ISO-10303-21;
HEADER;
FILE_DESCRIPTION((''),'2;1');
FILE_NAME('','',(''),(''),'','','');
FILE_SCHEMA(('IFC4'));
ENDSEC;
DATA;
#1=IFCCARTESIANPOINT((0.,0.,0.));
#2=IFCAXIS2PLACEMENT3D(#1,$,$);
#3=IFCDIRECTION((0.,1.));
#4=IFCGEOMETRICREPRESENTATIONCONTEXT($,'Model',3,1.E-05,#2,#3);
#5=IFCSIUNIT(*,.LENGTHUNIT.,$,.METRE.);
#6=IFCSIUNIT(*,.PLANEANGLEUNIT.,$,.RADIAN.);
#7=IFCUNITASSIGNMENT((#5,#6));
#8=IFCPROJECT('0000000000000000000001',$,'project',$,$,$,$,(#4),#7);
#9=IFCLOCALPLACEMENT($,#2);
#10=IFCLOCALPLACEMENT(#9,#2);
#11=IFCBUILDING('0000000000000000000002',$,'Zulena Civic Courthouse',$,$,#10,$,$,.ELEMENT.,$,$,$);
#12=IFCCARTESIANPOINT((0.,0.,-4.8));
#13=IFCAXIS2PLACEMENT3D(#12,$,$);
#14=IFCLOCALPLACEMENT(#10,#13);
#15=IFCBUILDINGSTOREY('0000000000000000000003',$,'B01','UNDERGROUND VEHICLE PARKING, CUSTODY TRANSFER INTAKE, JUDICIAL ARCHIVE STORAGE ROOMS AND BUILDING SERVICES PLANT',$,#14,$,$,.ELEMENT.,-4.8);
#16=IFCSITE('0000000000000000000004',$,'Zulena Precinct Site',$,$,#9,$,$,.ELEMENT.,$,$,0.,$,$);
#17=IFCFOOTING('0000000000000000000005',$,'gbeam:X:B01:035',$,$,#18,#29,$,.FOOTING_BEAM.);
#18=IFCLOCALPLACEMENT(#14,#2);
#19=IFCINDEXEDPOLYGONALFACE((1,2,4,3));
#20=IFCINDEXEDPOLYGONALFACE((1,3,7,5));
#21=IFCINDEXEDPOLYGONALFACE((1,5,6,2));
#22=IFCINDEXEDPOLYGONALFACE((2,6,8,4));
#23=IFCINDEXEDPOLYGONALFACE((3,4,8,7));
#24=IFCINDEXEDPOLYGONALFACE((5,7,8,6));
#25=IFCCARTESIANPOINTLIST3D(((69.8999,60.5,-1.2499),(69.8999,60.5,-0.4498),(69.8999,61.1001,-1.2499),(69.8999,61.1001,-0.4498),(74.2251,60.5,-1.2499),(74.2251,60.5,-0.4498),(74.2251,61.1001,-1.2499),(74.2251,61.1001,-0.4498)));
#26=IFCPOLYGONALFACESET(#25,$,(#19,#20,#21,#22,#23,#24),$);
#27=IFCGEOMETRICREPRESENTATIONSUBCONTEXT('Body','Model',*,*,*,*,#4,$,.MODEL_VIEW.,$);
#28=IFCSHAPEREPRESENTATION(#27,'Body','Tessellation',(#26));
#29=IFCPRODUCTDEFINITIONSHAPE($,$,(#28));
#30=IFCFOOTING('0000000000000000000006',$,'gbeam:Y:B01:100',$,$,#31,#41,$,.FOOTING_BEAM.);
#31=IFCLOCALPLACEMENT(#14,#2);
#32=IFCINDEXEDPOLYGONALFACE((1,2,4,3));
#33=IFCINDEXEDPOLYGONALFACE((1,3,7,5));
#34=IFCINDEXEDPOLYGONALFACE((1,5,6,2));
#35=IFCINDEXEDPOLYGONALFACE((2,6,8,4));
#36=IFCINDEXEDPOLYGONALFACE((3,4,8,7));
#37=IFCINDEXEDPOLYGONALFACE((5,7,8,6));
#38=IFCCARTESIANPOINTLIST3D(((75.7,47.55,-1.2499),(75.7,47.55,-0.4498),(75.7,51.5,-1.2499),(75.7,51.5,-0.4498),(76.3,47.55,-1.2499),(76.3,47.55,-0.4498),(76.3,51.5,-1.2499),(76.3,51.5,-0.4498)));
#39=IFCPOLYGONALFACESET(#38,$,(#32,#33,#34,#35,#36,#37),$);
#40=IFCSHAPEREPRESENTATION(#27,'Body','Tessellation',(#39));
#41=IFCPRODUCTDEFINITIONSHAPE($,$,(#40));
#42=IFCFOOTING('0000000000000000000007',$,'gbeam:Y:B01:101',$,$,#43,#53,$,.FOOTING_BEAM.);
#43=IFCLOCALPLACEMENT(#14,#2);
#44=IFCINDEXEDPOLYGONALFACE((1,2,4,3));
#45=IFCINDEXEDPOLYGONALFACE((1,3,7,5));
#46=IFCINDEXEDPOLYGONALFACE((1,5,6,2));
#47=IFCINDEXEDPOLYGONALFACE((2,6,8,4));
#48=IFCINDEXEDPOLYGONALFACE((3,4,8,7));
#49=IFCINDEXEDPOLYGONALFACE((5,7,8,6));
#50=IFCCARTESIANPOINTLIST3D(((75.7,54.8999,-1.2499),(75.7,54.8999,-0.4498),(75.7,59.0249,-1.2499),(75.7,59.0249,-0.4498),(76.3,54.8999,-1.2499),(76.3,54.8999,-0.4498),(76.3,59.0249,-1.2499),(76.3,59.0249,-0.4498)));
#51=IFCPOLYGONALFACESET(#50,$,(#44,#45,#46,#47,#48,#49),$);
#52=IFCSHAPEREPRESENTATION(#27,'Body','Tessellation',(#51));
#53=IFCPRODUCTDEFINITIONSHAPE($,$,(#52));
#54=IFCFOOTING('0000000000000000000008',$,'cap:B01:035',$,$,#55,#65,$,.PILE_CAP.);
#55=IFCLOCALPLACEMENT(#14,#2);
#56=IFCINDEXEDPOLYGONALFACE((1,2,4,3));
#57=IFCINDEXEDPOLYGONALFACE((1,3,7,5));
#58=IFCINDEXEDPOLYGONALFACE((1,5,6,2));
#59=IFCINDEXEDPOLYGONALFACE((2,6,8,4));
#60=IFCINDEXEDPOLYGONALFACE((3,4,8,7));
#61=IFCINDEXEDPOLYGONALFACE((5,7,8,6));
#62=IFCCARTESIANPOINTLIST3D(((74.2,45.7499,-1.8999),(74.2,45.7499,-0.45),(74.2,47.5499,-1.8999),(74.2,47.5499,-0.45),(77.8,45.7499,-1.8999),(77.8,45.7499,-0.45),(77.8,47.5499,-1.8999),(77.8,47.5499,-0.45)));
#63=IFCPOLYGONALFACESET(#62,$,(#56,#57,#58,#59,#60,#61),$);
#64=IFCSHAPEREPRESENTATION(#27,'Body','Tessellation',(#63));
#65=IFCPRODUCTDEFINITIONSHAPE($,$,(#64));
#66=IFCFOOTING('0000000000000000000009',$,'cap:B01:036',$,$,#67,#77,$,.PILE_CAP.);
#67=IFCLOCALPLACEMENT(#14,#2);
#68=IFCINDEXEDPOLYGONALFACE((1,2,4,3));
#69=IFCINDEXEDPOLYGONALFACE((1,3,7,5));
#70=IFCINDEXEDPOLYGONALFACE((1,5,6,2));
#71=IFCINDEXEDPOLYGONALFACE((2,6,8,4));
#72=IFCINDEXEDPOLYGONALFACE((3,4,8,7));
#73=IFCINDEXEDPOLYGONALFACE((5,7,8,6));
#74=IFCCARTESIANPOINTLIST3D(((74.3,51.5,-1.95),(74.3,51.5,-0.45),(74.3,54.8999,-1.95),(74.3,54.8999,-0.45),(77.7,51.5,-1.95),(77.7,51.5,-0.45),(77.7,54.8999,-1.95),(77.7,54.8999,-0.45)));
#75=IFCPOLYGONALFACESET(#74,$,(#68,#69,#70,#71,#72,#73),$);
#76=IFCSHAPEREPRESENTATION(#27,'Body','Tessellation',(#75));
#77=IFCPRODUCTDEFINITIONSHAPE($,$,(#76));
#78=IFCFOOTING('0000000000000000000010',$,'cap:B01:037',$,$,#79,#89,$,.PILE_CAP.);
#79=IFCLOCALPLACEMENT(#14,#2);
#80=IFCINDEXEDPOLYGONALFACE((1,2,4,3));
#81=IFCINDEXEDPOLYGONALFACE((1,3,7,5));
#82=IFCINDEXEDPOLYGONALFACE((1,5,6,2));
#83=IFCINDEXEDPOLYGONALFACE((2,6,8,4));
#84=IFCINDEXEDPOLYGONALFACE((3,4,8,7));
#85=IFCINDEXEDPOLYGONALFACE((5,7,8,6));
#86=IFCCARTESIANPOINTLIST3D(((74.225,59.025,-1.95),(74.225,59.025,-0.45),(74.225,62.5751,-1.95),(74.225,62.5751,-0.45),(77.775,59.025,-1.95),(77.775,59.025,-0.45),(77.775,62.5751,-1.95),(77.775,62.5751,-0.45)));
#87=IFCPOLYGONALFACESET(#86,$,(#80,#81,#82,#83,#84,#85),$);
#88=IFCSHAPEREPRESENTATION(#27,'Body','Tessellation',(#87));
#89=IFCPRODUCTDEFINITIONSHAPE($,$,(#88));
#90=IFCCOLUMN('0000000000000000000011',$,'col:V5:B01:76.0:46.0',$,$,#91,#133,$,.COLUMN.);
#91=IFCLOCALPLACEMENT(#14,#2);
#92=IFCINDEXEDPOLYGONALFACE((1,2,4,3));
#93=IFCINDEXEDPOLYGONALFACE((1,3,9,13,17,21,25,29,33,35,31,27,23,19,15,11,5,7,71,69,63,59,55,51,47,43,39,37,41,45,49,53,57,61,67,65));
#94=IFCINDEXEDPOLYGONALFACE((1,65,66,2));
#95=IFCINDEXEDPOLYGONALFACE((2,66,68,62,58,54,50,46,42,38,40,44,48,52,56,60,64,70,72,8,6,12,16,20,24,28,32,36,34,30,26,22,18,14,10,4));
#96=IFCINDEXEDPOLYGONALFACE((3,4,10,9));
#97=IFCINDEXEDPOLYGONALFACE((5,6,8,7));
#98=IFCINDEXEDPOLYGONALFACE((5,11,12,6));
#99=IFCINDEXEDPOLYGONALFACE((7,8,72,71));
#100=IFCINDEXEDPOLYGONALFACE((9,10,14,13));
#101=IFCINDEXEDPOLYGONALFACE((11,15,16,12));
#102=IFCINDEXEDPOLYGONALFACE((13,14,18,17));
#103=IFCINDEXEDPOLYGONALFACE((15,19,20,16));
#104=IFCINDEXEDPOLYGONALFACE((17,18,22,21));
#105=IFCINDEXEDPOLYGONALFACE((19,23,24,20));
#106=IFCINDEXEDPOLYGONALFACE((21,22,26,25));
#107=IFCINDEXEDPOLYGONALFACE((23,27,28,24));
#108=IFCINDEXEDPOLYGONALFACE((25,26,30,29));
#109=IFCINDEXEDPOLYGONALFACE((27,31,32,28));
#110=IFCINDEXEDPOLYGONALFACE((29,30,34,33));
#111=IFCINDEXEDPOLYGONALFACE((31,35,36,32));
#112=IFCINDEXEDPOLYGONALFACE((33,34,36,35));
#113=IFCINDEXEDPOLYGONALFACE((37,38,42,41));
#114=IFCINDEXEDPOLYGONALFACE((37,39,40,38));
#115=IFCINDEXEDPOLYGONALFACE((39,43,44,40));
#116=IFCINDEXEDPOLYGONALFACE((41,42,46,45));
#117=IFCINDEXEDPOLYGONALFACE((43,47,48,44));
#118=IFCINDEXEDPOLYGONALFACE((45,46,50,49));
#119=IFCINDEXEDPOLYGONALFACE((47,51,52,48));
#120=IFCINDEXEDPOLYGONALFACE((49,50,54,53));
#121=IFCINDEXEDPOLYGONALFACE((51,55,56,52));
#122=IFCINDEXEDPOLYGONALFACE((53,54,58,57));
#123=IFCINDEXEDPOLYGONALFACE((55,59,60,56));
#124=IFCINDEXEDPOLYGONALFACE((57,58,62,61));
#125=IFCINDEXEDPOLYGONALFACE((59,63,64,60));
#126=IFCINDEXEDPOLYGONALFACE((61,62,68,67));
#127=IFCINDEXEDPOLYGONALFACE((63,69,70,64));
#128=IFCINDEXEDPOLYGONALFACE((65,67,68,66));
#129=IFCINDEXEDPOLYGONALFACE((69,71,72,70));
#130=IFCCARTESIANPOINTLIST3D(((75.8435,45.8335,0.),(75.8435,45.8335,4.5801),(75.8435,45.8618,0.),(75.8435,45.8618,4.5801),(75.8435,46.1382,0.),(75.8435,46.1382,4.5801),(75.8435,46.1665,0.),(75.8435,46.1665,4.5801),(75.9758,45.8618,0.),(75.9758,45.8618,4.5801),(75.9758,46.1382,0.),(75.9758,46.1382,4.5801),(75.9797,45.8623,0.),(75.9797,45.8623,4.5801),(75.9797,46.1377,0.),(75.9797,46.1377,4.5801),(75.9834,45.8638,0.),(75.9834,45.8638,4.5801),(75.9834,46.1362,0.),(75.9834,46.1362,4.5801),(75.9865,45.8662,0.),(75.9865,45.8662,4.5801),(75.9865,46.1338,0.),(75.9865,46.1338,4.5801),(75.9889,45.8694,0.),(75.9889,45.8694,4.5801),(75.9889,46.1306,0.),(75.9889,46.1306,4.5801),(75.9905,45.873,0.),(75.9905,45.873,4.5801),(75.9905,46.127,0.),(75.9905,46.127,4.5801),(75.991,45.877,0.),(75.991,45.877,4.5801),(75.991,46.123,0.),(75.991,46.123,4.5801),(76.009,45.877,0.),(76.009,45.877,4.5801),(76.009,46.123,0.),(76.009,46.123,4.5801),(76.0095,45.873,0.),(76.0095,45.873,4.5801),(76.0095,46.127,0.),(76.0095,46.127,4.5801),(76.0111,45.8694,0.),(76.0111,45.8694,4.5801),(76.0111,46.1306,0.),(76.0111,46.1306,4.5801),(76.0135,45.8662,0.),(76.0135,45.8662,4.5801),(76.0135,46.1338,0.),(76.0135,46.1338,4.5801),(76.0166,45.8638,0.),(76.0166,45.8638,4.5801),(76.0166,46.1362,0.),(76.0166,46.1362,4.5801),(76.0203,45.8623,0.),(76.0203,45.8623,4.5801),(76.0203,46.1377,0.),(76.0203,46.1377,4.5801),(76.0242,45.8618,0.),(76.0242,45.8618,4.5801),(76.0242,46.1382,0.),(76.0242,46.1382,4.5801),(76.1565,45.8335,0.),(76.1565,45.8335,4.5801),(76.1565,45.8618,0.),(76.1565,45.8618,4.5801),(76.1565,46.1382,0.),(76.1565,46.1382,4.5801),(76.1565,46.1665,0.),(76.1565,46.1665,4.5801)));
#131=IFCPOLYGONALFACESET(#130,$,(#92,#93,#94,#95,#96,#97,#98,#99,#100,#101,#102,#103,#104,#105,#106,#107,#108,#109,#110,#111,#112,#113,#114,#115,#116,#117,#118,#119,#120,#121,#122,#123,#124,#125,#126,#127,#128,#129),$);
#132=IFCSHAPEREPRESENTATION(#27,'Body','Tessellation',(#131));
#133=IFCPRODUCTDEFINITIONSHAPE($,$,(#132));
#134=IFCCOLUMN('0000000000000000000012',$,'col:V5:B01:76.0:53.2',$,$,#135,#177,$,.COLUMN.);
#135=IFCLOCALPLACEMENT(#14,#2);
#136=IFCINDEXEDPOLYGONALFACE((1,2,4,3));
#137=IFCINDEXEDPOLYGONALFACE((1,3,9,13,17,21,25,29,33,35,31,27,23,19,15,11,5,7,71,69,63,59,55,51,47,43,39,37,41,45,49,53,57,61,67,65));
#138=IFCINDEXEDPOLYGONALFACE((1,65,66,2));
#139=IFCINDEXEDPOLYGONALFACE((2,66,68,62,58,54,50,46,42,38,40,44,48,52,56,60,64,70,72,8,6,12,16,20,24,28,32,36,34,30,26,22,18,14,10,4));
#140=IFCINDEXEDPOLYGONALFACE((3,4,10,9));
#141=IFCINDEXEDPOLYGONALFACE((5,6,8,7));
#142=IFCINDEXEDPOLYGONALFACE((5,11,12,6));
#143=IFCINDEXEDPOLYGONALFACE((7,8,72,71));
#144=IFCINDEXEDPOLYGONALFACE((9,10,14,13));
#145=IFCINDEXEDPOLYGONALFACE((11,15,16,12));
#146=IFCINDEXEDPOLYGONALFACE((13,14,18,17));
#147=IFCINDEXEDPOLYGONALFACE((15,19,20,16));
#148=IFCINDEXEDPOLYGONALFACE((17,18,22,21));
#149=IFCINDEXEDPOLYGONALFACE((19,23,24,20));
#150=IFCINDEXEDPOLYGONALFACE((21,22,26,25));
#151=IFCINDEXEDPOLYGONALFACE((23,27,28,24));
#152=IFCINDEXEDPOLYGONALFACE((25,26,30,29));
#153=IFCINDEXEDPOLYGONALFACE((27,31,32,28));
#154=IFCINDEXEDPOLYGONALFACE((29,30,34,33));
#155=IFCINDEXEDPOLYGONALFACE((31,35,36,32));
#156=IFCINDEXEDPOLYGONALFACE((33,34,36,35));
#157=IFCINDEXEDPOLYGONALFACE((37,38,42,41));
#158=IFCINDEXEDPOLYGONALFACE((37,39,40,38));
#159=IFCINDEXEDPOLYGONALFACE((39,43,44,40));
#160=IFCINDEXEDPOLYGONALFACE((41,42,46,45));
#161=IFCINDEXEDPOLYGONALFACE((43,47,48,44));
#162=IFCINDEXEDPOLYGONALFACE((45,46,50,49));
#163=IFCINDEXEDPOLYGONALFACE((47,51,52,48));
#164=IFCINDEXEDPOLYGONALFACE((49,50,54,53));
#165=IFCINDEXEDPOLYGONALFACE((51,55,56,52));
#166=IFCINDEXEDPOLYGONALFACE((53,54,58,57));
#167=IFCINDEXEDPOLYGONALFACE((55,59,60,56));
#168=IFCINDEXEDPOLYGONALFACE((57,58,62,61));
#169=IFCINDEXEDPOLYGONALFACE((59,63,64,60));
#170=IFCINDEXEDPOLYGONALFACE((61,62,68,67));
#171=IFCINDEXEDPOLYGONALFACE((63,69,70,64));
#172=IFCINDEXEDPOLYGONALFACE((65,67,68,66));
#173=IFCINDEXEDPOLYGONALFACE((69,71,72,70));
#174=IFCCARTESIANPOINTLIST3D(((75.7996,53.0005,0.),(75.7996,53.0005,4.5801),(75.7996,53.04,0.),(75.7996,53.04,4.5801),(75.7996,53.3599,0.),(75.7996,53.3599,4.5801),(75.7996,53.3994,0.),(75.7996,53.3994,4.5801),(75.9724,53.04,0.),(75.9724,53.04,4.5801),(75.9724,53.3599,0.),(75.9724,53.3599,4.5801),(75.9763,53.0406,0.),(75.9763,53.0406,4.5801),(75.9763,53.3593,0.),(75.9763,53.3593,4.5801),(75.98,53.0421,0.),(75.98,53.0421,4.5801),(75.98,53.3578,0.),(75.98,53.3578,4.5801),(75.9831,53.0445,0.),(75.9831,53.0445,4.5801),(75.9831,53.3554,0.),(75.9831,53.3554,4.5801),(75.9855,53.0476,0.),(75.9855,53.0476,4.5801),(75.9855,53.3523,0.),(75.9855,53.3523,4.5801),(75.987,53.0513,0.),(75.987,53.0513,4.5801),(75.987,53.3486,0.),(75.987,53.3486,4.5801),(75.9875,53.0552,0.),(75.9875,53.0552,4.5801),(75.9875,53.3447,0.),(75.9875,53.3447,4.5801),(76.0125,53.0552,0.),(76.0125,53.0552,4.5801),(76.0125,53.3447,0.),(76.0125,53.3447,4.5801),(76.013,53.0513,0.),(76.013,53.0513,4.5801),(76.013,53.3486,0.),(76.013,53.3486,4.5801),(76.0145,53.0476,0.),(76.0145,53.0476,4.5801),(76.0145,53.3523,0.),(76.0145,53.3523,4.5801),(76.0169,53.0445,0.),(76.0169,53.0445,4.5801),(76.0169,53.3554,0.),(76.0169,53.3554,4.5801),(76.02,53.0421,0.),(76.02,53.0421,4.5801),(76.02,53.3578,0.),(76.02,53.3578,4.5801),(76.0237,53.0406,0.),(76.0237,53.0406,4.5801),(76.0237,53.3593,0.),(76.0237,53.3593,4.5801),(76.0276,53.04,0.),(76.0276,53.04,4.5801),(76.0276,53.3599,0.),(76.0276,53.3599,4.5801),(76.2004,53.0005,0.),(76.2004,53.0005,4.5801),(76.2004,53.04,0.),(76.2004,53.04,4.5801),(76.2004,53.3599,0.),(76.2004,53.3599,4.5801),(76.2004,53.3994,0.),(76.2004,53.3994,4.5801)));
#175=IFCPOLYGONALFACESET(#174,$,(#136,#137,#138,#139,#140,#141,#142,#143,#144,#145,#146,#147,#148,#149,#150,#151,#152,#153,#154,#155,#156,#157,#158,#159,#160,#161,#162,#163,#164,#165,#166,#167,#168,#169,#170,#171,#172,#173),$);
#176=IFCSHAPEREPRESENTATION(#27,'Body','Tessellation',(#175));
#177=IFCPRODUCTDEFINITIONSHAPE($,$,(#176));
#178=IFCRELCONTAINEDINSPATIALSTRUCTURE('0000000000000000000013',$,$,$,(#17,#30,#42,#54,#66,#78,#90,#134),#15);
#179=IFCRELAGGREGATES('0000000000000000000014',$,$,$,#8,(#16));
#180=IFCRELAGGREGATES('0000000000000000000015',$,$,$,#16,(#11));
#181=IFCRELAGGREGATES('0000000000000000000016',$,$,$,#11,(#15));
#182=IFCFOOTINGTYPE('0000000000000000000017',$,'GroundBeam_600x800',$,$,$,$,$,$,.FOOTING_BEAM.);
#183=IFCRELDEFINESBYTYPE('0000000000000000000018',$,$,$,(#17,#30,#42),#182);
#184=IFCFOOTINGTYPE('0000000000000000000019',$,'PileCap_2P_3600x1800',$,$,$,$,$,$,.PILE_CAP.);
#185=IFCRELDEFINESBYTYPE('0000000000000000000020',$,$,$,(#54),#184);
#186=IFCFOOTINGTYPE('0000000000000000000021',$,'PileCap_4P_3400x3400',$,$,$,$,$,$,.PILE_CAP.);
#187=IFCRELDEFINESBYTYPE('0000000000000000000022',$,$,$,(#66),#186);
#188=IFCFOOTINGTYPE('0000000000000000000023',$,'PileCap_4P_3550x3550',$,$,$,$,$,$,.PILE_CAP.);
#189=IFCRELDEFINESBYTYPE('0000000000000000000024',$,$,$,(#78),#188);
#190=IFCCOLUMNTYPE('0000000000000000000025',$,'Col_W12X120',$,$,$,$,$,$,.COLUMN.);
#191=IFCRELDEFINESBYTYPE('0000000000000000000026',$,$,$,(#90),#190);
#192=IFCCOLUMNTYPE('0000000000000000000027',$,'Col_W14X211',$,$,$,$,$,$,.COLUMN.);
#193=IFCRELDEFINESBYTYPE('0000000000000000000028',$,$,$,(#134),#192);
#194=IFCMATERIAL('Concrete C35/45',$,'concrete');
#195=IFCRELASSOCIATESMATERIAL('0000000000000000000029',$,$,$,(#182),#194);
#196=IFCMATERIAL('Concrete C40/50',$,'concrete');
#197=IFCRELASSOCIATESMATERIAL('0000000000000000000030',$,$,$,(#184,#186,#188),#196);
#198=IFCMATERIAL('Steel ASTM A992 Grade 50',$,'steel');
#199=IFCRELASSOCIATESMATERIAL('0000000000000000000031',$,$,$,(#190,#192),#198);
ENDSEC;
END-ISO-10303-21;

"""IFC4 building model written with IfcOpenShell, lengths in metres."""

from ifc_helpers import new_model, si_unit, direction, frame, origin, origin_2d, place, context, subcontext, project, spatial, rectangle, i_section, extrude, material, material_profile, profile_set, type_object, element, save


model = new_model("IFC4")

# Units and contexts
model_context = context("Model", 3, precision=1e-05, world=origin(), true_north=direction((0.0, 1.0)))
body_context = subcontext(model_context, "Body", "Model", "MODEL_VIEW")
ifc_project = project(units=[si_unit("LENGTHUNIT", "METRE"), si_unit("PLANEANGLEUNIT", "RADIAN")], contexts=[model_context])

# Site, building, storey
site_placement = place(None, origin())
site = spatial("IfcSite", under=ifc_project, at=site_placement, Name="Zulena Precinct Site", CompositionType="ELEMENT", RefElevation=0.0)
building_placement = place(site_placement, origin())
building = spatial("IfcBuilding", under=site, at=building_placement, Name="Zulena Civic Courthouse", CompositionType="ELEMENT")
storey_placement = place(building_placement, frame((0.0, 0.0, -4.8)))
storey = spatial("IfcBuildingStorey", under=building, at=storey_placement, Name="B01", Description="UNDERGROUND VEHICLE PARKING, CUSTODY TRANSFER INTAKE, JUDICIAL ARCHIVE STORAGE ROOMS AND BUILDING SERVICES PLANT", CompositionType="ELEMENT", Elevation=-4.8)

# Shared definitions
ifc_material_1 = material(Name="Concrete C40/50", Category="concrete")

# Footings
ifc_material_2 = material(Name="Concrete C35/45", Category="concrete")
ifc_material_profile_1 = material_profile(ifc_material_2, rectangle(XDim=0.6001, YDim=0.8, at=origin_2d()), Name="RC600X800")
ifc_profile_set_1 = profile_set([ifc_material_profile_1], Name="Concrete C35/45")
footing_type_1 = type_object("IfcFootingType", Name="GroundBeam_600x800", PredefinedType="FOOTING_BEAM", material=ifc_profile_set_1)
footing_1_placement = place(storey_placement, frame((69.8999, 60.8, -0.8499), z_axis=(1.0, 0.0, 0.0), x_axis=(0.0, 1.0, 0.0)))
element("IfcFooting", 1, at=footing_1_placement, inside=storey, type_object=footing_type_1, Name="gbeam:X:B01:035", PredefinedType="FOOTING_BEAM", context=body_context, shape_type="SweptSolid", body=[
    extrude(rectangle(XDim=0.6001, YDim=0.8, at=origin_2d()), origin(), (0.0, 0.0, 1.0), 4.3252),
])
footing_2_placement = place(storey_placement, frame((76.0, 47.55, -0.8499), z_axis=(0.0, 1.0, 0.0), x_axis=(-1.0, 0.0, 0.0)))
element("IfcFooting", 2, at=footing_2_placement, inside=storey, type_object=footing_type_1, Name="gbeam:Y:B01:100", PredefinedType="FOOTING_BEAM", context=body_context, shape_type="SweptSolid", body=[
    extrude(rectangle(XDim=0.6001, YDim=0.8, at=origin_2d()), origin(), (0.0, 0.0, 1.0), 3.95),
])
footing_3_placement = place(storey_placement, frame((76.0, 54.8999, -0.8499), z_axis=(0.0, 1.0, 0.0), x_axis=(-1.0, 0.0, 0.0)))
element("IfcFooting", 3, at=footing_3_placement, inside=storey, type_object=footing_type_1, Name="gbeam:Y:B01:101", PredefinedType="FOOTING_BEAM", context=body_context, shape_type="SweptSolid", body=[
    extrude(rectangle(XDim=0.6001, YDim=0.8, at=origin_2d()), origin(), (0.0, 0.0, 1.0), 4.125),
])
footing_type_2 = type_object("IfcFootingType", Name="PileCap_2P_3600x1800", PredefinedType="PILE_CAP", material=ifc_material_1)
footing_4_placement = place(storey_placement, frame((76.0, 46.6499, -1.8999), z_axis=(0.0, 0.0, 1.0), x_axis=(1.0, 0.0, 0.0)))
element("IfcFooting", 4, at=footing_4_placement, inside=storey, type_object=footing_type_2, Name="cap:B01:035", PredefinedType="PILE_CAP", context=body_context, shape_type="SweptSolid", body=[
    extrude(rectangle(XDim=3.6001, YDim=1.8, at=origin_2d()), origin(), (0.0, 0.0, 1.0), 1.45),
])
footing_type_3 = type_object("IfcFootingType", Name="PileCap_4P_3400x3400", PredefinedType="PILE_CAP", material=ifc_material_1)
footing_5_placement = place(storey_placement, frame((76.0, 53.2, -1.95), z_axis=(0.0, 0.0, 1.0), x_axis=(1.0, 0.0, 0.0)))
element("IfcFooting", 5, at=footing_5_placement, inside=storey, type_object=footing_type_3, Name="cap:B01:036", PredefinedType="PILE_CAP", context=body_context, shape_type="SweptSolid", body=[
    extrude(rectangle(XDim=3.3999, YDim=3.3999, at=origin_2d()), origin(), (0.0, 0.0, 1.0), 1.5),
])
footing_type_4 = type_object("IfcFootingType", Name="PileCap_4P_3550x3550", PredefinedType="PILE_CAP", material=ifc_material_1)
footing_6_placement = place(storey_placement, frame((76.0, 60.8, -1.95), z_axis=(0.0, 0.0, 1.0), x_axis=(1.0, 0.0, 0.0)))
element("IfcFooting", 6, at=footing_6_placement, inside=storey, type_object=footing_type_4, Name="cap:B01:037", PredefinedType="PILE_CAP", context=body_context, shape_type="SweptSolid", body=[
    extrude(rectangle(XDim=3.55, YDim=3.55, at=origin_2d()), origin(), (0.0, 0.0, 1.0), 1.5),
])

# Columns
ifc_material_3 = material(Name="Steel ASTM A992 Grade 50", Category="steel")
ifc_material_profile_2 = material_profile(ifc_material_3, i_section(OverallWidth=0.313, OverallDepth=0.333, WebThickness=0.0181, FlangeThickness=0.0283, FilletRadius=0.0151, at=origin_2d()), Name="W12X120")
ifc_profile_set_2 = profile_set([ifc_material_profile_2], Name="Steel ASTM A992 Grade 50")
column_type_1 = type_object("IfcColumnType", Name="Col_W12X120", PredefinedType="COLUMN", material=ifc_profile_set_2)
column_placement = place(storey_placement, frame((76.0, 46.0, 0.0), z_axis=(0.0, 0.0, 1.0), x_axis=(1.0, 0.0, 0.0)))
element("IfcColumn", 7, at=column_placement, inside=storey, type_object=column_type_1, Name="col:V5:B01:76.0:46.0", PredefinedType="COLUMN", context=body_context, shape_type="SweptSolid", body=[
    extrude(i_section(OverallWidth=0.313, OverallDepth=0.333, WebThickness=0.0181, FlangeThickness=0.0283, FilletRadius=0.0151, at=origin_2d()), origin(), (0.0, 0.0, 1.0), 4.5801),
])
ifc_material_profile_3 = material_profile(ifc_material_3, i_section(OverallWidth=0.4009, OverallDepth=0.3989, WebThickness=0.0249, FlangeThickness=0.0396, FilletRadius=0.0151, at=origin_2d()), Name="W14X211")
ifc_profile_set_3 = profile_set([ifc_material_profile_3], Name="Steel ASTM A992 Grade 50")
column_type_2 = type_object("IfcColumnType", Name="Col_W14X211", PredefinedType="COLUMN", material=ifc_profile_set_3)
for number, where, z_axis, x_axis, name in (
    (8, (76.0, 53.2, 0.0), (0.0, 0.0, 1.0), (1.0, 0.0, 0.0), "col:V5:B01:76.0:53.2"),
):
    element("IfcColumn", number, at=place(storey_placement, frame(where, z_axis=z_axis, x_axis=x_axis)), inside=storey, type_object=column_type_2, Name=name, PredefinedType="COLUMN", context=body_context, shape_type="SweptSolid", body=[
        extrude(i_section(OverallWidth=0.4009, OverallDepth=0.3989, WebThickness=0.0249, FlangeThickness=0.0396, FilletRadius=0.0151, at=origin_2d()), origin(), (0.0, 0.0, 1.0), 4.5801),
    ])

save(model, "model.ifc")
